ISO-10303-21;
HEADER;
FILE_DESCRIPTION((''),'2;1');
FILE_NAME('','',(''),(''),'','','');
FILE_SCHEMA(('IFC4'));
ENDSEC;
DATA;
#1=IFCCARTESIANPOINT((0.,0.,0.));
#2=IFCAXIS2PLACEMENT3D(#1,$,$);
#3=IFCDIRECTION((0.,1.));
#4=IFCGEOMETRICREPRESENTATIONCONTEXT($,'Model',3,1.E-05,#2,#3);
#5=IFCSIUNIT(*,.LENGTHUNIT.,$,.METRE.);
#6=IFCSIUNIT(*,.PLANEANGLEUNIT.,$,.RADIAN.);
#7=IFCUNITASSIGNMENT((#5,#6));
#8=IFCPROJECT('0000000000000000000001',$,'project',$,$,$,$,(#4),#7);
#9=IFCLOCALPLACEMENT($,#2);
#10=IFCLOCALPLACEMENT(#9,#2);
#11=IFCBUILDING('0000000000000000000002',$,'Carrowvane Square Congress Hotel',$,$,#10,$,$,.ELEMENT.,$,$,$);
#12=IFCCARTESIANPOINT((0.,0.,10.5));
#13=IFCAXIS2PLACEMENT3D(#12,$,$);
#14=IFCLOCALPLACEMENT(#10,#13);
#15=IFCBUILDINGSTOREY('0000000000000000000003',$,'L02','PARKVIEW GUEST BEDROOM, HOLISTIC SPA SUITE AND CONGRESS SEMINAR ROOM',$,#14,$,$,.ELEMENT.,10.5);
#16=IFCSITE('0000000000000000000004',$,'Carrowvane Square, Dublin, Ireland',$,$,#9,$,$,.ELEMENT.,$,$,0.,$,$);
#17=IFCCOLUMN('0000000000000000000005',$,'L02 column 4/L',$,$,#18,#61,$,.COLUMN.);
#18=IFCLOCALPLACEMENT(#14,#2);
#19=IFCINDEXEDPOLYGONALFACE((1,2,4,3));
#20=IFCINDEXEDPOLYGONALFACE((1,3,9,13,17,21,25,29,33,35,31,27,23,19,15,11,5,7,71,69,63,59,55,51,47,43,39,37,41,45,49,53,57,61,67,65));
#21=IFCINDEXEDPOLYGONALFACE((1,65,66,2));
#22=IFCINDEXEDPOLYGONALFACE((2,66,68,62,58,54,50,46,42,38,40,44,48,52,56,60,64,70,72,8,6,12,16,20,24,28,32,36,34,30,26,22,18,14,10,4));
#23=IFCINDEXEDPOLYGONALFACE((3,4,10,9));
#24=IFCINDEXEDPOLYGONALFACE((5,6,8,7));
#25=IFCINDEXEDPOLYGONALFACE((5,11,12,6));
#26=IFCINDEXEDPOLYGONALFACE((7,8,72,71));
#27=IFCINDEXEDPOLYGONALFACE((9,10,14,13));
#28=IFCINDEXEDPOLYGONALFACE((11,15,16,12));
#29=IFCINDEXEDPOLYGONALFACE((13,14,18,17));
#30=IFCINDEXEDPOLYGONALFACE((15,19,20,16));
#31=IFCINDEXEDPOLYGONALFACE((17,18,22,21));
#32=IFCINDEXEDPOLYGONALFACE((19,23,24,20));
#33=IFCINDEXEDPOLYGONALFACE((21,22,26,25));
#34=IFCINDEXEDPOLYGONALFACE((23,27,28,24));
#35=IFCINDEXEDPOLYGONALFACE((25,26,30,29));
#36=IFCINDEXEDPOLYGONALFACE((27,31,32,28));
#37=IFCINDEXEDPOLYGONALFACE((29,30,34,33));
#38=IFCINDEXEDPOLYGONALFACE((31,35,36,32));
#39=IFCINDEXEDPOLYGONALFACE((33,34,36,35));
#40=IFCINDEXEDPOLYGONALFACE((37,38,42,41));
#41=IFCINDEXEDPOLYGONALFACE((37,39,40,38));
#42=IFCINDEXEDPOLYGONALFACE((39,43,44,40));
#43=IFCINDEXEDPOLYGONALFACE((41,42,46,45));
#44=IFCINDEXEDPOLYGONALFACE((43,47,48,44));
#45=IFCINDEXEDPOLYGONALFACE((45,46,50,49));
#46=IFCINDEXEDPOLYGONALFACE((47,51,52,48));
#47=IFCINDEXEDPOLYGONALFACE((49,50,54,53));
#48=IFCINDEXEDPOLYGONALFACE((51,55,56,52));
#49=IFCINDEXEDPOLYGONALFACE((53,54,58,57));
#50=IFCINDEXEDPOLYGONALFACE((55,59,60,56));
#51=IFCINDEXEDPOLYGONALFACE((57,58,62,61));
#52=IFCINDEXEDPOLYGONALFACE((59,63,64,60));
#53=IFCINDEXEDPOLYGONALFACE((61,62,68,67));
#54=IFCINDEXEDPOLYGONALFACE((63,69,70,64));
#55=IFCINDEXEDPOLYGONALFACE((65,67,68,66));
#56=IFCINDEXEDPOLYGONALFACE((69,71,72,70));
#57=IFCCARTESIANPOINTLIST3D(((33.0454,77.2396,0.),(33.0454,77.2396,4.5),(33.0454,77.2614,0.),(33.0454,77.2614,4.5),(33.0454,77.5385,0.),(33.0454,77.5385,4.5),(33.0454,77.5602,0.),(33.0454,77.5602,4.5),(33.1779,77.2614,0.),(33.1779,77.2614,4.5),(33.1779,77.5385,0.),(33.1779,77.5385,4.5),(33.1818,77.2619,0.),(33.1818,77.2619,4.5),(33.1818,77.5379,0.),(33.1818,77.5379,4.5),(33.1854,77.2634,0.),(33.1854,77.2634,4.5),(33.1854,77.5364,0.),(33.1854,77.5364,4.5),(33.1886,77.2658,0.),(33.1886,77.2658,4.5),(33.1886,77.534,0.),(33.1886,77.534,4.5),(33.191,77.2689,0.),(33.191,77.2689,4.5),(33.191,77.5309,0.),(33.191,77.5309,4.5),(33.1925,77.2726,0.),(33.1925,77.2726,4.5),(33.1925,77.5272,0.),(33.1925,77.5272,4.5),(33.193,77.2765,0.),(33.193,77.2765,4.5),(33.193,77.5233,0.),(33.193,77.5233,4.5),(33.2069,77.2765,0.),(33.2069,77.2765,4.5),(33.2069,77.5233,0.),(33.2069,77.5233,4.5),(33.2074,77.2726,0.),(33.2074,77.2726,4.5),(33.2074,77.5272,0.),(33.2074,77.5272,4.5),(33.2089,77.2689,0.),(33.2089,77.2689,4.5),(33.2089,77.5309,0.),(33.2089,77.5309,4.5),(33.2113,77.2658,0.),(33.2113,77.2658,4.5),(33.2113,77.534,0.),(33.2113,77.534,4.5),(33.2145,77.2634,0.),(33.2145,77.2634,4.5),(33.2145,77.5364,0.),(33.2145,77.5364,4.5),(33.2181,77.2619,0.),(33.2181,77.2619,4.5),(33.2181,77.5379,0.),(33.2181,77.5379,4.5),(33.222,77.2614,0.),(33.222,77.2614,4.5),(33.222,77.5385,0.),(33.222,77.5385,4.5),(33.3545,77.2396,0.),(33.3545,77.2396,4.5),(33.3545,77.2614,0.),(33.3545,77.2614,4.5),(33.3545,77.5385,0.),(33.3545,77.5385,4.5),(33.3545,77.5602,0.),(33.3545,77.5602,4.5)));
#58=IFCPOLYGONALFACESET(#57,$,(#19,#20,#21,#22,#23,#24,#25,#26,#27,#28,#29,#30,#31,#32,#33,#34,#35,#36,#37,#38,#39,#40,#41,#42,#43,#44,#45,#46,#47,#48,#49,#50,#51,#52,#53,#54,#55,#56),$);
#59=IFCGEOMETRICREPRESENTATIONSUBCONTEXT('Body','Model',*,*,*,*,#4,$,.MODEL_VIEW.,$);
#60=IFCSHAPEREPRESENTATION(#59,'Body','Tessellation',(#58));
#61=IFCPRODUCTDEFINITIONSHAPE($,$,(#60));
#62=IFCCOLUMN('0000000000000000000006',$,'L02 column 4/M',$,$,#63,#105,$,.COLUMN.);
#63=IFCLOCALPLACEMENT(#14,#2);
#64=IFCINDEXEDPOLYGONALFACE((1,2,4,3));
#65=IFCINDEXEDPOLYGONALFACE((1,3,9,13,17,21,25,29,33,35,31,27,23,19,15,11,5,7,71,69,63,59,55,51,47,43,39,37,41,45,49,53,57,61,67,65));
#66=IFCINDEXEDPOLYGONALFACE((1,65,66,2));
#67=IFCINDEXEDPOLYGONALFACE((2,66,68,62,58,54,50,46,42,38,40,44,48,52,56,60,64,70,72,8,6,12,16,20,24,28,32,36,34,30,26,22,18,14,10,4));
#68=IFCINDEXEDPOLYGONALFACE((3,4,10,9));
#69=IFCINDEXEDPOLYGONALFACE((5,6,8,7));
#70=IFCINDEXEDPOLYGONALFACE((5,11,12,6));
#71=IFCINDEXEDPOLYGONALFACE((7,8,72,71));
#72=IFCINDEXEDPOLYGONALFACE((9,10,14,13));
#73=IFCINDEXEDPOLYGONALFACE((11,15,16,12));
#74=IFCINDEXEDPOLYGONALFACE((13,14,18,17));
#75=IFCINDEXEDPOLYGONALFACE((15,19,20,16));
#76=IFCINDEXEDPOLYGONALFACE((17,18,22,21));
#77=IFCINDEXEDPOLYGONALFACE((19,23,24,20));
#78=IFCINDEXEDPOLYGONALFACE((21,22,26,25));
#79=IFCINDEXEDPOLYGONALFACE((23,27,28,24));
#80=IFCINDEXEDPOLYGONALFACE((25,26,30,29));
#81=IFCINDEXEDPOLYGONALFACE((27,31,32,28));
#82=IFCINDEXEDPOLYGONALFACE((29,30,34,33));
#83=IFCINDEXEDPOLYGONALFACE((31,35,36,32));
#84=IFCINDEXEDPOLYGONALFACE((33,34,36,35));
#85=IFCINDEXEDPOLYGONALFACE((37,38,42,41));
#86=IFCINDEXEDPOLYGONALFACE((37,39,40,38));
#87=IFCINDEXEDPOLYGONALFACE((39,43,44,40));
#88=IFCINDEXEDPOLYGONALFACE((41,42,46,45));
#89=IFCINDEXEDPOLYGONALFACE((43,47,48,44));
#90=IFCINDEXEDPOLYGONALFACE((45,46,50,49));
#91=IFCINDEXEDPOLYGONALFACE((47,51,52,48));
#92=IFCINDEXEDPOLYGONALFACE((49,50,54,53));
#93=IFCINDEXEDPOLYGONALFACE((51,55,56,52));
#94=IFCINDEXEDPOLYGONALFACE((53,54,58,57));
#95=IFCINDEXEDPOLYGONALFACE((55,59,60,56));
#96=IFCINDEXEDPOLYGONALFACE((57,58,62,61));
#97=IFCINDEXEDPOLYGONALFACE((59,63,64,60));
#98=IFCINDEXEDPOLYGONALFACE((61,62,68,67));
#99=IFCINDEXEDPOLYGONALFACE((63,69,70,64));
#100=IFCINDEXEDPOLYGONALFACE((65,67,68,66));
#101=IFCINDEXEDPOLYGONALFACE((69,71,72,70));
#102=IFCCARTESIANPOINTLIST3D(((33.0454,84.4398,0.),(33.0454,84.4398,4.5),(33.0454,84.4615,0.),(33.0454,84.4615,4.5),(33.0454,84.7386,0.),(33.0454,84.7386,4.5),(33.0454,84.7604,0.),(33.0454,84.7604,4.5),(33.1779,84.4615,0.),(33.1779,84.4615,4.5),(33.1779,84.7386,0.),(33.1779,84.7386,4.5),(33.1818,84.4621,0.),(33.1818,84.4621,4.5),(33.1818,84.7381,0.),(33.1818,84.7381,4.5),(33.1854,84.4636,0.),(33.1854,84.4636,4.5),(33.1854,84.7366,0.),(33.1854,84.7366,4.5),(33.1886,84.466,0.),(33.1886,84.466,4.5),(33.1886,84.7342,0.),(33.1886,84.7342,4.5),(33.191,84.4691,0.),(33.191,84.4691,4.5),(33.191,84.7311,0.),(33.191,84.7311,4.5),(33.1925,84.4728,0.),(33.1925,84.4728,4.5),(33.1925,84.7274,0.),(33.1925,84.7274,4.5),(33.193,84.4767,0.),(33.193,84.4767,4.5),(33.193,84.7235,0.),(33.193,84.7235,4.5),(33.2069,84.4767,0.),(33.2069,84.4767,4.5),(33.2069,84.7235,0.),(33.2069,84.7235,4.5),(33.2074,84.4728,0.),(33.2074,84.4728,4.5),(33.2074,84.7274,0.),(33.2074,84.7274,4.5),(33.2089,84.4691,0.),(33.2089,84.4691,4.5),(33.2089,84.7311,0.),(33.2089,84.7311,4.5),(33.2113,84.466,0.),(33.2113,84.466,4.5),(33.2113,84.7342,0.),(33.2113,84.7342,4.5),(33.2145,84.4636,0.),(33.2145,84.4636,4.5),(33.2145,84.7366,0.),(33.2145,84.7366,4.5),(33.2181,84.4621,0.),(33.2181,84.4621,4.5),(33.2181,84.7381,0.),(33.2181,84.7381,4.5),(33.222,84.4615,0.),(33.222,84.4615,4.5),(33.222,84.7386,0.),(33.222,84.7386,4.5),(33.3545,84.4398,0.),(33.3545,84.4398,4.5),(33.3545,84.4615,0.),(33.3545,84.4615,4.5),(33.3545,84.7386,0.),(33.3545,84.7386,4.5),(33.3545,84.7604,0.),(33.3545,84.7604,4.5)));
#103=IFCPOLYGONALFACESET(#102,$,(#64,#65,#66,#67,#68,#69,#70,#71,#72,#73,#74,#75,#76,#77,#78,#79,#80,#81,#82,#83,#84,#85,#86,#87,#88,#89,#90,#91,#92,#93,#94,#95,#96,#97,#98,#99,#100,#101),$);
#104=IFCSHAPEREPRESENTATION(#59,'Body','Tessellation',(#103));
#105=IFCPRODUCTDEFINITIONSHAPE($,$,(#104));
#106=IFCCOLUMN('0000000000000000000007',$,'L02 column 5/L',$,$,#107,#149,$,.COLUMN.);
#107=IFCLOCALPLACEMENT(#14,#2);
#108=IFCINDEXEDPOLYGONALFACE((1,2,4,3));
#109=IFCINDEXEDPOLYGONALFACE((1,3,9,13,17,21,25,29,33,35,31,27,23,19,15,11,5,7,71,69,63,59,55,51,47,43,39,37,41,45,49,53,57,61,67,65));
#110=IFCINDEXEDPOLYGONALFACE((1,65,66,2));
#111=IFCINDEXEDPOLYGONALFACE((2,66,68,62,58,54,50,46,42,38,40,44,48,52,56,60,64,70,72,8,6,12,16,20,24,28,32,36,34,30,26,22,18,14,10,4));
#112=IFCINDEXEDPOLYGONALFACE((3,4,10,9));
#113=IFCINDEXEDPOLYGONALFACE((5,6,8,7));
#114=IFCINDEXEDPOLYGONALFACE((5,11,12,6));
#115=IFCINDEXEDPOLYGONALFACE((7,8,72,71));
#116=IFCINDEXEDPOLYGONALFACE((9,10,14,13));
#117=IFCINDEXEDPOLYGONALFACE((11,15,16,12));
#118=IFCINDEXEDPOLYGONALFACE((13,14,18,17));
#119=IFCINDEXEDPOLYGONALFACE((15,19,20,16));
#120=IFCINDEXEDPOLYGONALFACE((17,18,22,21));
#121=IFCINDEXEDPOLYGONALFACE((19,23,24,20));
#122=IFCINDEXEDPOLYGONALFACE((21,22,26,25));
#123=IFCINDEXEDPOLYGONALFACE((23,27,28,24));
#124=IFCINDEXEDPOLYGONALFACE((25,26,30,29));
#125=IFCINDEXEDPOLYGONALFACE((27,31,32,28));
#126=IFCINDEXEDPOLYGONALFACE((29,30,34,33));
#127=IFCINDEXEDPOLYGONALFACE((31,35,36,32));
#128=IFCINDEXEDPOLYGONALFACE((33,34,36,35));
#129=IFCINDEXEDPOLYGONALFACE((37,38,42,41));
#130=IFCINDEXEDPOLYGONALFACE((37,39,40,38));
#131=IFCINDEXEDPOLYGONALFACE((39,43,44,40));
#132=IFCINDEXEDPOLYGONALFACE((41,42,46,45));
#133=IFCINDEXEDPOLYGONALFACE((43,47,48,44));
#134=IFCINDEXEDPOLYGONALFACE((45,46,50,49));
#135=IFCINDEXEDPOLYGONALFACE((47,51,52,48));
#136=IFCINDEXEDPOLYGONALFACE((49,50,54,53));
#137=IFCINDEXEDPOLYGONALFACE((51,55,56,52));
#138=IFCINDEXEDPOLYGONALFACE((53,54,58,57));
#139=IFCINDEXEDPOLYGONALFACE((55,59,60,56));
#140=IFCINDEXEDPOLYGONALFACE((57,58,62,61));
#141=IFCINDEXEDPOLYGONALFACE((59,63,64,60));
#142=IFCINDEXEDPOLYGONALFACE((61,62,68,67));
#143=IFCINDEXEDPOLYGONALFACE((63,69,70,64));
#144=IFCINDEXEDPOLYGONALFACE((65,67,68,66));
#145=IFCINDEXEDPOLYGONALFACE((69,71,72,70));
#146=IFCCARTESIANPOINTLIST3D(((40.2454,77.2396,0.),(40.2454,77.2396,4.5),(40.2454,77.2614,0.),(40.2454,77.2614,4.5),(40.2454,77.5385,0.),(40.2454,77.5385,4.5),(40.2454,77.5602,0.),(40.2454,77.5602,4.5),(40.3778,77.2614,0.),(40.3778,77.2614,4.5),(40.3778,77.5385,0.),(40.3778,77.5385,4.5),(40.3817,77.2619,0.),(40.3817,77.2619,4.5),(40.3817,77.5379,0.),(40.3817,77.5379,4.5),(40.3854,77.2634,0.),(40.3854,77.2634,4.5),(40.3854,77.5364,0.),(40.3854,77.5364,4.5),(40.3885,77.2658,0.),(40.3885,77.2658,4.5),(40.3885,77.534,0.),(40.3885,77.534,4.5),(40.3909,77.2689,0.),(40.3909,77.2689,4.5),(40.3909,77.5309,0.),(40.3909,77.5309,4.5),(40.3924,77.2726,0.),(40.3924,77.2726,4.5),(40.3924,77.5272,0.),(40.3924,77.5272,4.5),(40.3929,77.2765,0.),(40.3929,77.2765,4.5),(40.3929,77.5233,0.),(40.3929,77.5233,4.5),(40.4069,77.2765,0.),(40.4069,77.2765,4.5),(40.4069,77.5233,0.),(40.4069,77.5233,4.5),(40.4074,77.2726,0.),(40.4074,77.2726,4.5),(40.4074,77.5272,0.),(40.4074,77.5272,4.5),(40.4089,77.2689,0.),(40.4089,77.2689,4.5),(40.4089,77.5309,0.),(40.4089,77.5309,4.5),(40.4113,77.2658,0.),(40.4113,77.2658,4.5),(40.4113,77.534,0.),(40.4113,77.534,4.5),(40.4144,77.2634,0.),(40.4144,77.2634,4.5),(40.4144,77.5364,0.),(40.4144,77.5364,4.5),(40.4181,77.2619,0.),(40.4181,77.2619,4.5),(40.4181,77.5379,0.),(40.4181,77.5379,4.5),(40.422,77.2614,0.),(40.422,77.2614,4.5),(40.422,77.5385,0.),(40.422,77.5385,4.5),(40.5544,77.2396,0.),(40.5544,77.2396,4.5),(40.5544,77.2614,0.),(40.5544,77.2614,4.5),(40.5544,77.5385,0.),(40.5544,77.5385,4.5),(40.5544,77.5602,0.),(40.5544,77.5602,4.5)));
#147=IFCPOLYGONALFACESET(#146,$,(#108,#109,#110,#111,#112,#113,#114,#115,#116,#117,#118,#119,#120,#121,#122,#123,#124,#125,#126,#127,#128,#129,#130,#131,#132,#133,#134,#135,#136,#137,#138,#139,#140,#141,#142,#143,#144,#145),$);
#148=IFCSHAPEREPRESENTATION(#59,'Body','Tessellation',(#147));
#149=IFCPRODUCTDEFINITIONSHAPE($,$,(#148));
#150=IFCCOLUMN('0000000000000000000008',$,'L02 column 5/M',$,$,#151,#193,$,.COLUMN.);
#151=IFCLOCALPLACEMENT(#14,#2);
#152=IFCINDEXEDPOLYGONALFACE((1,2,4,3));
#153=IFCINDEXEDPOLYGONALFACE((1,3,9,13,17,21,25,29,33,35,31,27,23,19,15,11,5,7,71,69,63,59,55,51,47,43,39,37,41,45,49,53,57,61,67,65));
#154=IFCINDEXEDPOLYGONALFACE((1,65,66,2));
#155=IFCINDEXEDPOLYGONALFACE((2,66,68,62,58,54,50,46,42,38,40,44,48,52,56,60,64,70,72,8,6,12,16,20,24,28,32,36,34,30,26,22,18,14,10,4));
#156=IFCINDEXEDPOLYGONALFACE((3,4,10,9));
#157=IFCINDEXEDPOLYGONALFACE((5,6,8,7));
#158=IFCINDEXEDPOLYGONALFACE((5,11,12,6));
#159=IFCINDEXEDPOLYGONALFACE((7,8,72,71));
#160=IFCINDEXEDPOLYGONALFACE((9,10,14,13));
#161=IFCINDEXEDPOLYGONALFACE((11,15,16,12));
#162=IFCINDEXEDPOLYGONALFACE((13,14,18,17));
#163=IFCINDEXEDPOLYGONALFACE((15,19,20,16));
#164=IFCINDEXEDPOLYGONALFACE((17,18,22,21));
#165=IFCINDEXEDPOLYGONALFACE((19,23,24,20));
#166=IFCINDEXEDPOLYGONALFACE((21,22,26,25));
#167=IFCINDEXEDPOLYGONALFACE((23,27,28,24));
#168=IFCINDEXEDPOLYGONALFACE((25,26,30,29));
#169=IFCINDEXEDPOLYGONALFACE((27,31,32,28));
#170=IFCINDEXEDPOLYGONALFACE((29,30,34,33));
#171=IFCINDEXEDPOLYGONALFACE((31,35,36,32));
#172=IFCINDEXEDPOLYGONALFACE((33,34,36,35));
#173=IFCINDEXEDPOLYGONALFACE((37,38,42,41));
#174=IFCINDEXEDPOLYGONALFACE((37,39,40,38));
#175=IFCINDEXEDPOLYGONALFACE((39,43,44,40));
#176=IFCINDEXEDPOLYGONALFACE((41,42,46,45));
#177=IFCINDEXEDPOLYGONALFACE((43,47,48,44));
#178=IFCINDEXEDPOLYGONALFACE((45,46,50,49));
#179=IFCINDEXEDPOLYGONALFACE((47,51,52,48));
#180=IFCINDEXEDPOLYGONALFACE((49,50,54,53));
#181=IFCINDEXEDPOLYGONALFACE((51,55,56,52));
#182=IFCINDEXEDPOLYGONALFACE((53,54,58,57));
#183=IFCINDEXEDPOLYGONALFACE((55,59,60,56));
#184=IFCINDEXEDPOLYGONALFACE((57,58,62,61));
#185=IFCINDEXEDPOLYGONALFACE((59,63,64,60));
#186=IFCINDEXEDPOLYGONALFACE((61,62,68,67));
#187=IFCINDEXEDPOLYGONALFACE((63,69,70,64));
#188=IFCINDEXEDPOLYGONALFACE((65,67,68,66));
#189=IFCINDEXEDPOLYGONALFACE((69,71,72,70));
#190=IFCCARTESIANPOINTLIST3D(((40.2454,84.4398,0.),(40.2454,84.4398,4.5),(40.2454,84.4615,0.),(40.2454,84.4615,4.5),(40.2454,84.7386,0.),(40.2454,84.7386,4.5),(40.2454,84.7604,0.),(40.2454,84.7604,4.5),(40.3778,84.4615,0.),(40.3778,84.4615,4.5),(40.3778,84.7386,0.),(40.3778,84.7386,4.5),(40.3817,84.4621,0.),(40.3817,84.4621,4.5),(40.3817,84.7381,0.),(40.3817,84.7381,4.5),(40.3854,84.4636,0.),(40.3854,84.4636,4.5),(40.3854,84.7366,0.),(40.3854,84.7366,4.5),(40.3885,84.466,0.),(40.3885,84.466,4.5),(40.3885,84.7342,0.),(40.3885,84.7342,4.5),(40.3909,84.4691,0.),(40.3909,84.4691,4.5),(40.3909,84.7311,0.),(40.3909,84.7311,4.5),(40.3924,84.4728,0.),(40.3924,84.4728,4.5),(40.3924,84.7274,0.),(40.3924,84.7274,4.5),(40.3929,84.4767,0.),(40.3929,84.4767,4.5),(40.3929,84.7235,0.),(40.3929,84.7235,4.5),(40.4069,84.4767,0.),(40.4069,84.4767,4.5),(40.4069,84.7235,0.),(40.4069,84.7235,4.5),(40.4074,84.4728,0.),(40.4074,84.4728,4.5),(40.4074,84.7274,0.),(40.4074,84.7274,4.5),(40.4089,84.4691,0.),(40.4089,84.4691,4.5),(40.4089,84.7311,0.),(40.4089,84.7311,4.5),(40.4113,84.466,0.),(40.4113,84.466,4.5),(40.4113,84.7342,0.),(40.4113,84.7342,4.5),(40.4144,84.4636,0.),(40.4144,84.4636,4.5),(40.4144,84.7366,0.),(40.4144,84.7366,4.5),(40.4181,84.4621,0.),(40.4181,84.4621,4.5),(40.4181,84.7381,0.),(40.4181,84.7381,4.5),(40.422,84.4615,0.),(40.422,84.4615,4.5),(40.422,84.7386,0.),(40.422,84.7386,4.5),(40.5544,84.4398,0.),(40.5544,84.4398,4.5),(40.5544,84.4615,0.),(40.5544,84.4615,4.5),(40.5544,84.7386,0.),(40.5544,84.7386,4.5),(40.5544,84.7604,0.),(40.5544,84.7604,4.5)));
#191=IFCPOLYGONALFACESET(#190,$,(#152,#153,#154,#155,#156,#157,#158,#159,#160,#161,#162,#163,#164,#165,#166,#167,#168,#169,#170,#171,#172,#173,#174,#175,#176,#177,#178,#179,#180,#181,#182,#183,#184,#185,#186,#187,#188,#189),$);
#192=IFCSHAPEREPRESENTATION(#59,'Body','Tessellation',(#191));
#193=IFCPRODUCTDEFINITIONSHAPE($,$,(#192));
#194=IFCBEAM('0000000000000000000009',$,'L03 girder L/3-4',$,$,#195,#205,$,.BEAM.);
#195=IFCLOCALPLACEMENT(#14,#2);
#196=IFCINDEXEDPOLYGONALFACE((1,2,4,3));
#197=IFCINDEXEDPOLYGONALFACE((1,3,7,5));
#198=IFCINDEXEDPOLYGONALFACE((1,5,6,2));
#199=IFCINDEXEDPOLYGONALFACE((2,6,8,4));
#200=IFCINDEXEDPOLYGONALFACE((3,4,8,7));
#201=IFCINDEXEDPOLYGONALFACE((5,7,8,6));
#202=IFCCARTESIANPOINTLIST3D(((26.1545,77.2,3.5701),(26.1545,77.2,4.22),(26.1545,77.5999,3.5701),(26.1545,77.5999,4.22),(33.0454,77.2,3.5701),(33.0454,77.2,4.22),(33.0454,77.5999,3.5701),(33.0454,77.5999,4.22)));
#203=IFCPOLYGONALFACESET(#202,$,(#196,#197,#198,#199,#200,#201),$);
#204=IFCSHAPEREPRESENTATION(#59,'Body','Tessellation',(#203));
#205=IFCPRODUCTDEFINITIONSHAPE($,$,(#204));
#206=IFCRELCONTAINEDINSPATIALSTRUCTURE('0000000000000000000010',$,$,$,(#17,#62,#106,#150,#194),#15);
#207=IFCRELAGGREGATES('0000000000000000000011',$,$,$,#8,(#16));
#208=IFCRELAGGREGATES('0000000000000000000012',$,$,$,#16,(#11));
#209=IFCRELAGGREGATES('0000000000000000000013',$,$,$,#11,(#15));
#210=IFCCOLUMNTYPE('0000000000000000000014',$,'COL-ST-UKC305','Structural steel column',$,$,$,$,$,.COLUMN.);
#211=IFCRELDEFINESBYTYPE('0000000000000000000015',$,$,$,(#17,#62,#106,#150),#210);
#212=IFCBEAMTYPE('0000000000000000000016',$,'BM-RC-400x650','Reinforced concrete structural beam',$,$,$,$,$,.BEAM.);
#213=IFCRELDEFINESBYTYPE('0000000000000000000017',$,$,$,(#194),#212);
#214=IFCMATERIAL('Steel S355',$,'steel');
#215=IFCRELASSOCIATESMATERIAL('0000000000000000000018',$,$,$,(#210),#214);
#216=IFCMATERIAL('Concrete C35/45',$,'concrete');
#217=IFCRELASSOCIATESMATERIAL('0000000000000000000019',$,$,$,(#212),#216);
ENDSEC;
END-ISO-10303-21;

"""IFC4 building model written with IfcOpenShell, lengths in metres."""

from ifc_helpers import new_model, si_unit, direction, frame, origin, origin_2d, place, context, subcontext, project, spatial, rectangle, i_section, extrude, material, material_profile, profile_set, type_object, element, save


model = new_model("IFC4")

# Units and contexts
model_context = context("Model", 3, precision=1e-05, world=origin(), true_north=direction((0.0, 1.0)))
body_context = subcontext(model_context, "Body", "Model", "MODEL_VIEW")
ifc_project = project(units=[si_unit("LENGTHUNIT", "METRE"), si_unit("PLANEANGLEUNIT", "RADIAN")], contexts=[model_context])

# Site, building, storey
site_placement = place(None, origin())
site = spatial("IfcSite", under=ifc_project, at=site_placement, Name="Carrowvane Square, Dublin, Ireland", CompositionType="ELEMENT", RefElevation=0.0)
building_placement = place(site_placement, origin())
building = spatial("IfcBuilding", under=site, at=building_placement, Name="Carrowvane Square Congress Hotel", CompositionType="ELEMENT")
storey_placement = place(building_placement, frame((0.0, 0.0, 10.5)))
storey = spatial("IfcBuildingStorey", under=building, at=storey_placement, Name="L02", Description="PARKVIEW GUEST BEDROOM, HOLISTIC SPA SUITE AND CONGRESS SEMINAR ROOM", CompositionType="ELEMENT", Elevation=10.5)

# Columns
ifc_material_1 = material(Name="Steel S355", Category="steel")
ifc_material_profile_1 = material_profile(ifc_material_1, i_section(OverallWidth=0.3091, OverallDepth=0.3206, WebThickness=0.0139, FlangeThickness=0.0217, FilletRadius=0.0151, at=origin_2d()), Name="UKC 305x305x137")
ifc_profile_set_1 = profile_set([ifc_material_profile_1], Name="Steel S355")
column_type = type_object("IfcColumnType", Name="COL-ST-UKC305", Description="Structural steel column", PredefinedType="COLUMN", material=ifc_profile_set_1)
for number, where, z_axis, x_axis, name in (
    (1, (33.2, 77.3999, 0.0), (0.0, 0.0, 1.0), (1.0, 0.0, 0.0), "L02 column 4/L"),
    (2, (33.2, 84.6001, 0.0), (0.0, 0.0, 1.0), (1.0, 0.0, 0.0), "L02 column 4/M"),
    (3, (40.3999, 77.3999, 0.0), (0.0, 0.0, 1.0), (1.0, 0.0, 0.0), "L02 column 5/L"),
    (4, (40.3999, 84.6001, 0.0), (0.0, 0.0, 1.0), (1.0, 0.0, 0.0), "L02 column 5/M"),
):
    element("IfcColumn", number, at=place(storey_placement, frame(where, z_axis=z_axis, x_axis=x_axis)), inside=storey, type_object=column_type, Name=name, PredefinedType="COLUMN", context=body_context, shape_type="SweptSolid", body=[
        extrude(i_section(OverallWidth=0.3091, OverallDepth=0.3206, WebThickness=0.0139, FlangeThickness=0.0217, FilletRadius=0.0151, at=origin_2d()), origin(), (0.0, 0.0, 1.0), 4.5),
    ])

# Beam
ifc_material_2 = material(Name="Concrete C35/45", Category="concrete")
ifc_material_profile_2 = material_profile(ifc_material_2, rectangle(XDim=0.3999, YDim=0.6499, at=origin_2d()), Name="RC 400x650")
ifc_profile_set_2 = profile_set([ifc_material_profile_2], Name="Concrete C35/45")
beam_type_1 = type_object("IfcBeamType", Name="BM-RC-400x650", Description="Reinforced concrete structural beam", PredefinedType="BEAM", material=ifc_profile_set_2)
for number, where, z_axis, x_axis, name in (
    (5, (26.1545, 77.3999, 3.895), (1.0, 0.0, 0.0), (0.0, 1.0, 0.0), "L03 girder L/3-4"),
):
    element("IfcBeam", number, at=place(storey_placement, frame(where, z_axis=z_axis, x_axis=x_axis)), inside=storey, type_object=beam_type_1, Name=name, PredefinedType="BEAM", context=body_context, shape_type="SweptSolid", body=[
        extrude(rectangle(XDim=0.3999, YDim=0.6499, at=origin_2d()), origin(), (0.0, 0.0, 1.0), 6.8909),
    ])

save(model, "model.ifc")
